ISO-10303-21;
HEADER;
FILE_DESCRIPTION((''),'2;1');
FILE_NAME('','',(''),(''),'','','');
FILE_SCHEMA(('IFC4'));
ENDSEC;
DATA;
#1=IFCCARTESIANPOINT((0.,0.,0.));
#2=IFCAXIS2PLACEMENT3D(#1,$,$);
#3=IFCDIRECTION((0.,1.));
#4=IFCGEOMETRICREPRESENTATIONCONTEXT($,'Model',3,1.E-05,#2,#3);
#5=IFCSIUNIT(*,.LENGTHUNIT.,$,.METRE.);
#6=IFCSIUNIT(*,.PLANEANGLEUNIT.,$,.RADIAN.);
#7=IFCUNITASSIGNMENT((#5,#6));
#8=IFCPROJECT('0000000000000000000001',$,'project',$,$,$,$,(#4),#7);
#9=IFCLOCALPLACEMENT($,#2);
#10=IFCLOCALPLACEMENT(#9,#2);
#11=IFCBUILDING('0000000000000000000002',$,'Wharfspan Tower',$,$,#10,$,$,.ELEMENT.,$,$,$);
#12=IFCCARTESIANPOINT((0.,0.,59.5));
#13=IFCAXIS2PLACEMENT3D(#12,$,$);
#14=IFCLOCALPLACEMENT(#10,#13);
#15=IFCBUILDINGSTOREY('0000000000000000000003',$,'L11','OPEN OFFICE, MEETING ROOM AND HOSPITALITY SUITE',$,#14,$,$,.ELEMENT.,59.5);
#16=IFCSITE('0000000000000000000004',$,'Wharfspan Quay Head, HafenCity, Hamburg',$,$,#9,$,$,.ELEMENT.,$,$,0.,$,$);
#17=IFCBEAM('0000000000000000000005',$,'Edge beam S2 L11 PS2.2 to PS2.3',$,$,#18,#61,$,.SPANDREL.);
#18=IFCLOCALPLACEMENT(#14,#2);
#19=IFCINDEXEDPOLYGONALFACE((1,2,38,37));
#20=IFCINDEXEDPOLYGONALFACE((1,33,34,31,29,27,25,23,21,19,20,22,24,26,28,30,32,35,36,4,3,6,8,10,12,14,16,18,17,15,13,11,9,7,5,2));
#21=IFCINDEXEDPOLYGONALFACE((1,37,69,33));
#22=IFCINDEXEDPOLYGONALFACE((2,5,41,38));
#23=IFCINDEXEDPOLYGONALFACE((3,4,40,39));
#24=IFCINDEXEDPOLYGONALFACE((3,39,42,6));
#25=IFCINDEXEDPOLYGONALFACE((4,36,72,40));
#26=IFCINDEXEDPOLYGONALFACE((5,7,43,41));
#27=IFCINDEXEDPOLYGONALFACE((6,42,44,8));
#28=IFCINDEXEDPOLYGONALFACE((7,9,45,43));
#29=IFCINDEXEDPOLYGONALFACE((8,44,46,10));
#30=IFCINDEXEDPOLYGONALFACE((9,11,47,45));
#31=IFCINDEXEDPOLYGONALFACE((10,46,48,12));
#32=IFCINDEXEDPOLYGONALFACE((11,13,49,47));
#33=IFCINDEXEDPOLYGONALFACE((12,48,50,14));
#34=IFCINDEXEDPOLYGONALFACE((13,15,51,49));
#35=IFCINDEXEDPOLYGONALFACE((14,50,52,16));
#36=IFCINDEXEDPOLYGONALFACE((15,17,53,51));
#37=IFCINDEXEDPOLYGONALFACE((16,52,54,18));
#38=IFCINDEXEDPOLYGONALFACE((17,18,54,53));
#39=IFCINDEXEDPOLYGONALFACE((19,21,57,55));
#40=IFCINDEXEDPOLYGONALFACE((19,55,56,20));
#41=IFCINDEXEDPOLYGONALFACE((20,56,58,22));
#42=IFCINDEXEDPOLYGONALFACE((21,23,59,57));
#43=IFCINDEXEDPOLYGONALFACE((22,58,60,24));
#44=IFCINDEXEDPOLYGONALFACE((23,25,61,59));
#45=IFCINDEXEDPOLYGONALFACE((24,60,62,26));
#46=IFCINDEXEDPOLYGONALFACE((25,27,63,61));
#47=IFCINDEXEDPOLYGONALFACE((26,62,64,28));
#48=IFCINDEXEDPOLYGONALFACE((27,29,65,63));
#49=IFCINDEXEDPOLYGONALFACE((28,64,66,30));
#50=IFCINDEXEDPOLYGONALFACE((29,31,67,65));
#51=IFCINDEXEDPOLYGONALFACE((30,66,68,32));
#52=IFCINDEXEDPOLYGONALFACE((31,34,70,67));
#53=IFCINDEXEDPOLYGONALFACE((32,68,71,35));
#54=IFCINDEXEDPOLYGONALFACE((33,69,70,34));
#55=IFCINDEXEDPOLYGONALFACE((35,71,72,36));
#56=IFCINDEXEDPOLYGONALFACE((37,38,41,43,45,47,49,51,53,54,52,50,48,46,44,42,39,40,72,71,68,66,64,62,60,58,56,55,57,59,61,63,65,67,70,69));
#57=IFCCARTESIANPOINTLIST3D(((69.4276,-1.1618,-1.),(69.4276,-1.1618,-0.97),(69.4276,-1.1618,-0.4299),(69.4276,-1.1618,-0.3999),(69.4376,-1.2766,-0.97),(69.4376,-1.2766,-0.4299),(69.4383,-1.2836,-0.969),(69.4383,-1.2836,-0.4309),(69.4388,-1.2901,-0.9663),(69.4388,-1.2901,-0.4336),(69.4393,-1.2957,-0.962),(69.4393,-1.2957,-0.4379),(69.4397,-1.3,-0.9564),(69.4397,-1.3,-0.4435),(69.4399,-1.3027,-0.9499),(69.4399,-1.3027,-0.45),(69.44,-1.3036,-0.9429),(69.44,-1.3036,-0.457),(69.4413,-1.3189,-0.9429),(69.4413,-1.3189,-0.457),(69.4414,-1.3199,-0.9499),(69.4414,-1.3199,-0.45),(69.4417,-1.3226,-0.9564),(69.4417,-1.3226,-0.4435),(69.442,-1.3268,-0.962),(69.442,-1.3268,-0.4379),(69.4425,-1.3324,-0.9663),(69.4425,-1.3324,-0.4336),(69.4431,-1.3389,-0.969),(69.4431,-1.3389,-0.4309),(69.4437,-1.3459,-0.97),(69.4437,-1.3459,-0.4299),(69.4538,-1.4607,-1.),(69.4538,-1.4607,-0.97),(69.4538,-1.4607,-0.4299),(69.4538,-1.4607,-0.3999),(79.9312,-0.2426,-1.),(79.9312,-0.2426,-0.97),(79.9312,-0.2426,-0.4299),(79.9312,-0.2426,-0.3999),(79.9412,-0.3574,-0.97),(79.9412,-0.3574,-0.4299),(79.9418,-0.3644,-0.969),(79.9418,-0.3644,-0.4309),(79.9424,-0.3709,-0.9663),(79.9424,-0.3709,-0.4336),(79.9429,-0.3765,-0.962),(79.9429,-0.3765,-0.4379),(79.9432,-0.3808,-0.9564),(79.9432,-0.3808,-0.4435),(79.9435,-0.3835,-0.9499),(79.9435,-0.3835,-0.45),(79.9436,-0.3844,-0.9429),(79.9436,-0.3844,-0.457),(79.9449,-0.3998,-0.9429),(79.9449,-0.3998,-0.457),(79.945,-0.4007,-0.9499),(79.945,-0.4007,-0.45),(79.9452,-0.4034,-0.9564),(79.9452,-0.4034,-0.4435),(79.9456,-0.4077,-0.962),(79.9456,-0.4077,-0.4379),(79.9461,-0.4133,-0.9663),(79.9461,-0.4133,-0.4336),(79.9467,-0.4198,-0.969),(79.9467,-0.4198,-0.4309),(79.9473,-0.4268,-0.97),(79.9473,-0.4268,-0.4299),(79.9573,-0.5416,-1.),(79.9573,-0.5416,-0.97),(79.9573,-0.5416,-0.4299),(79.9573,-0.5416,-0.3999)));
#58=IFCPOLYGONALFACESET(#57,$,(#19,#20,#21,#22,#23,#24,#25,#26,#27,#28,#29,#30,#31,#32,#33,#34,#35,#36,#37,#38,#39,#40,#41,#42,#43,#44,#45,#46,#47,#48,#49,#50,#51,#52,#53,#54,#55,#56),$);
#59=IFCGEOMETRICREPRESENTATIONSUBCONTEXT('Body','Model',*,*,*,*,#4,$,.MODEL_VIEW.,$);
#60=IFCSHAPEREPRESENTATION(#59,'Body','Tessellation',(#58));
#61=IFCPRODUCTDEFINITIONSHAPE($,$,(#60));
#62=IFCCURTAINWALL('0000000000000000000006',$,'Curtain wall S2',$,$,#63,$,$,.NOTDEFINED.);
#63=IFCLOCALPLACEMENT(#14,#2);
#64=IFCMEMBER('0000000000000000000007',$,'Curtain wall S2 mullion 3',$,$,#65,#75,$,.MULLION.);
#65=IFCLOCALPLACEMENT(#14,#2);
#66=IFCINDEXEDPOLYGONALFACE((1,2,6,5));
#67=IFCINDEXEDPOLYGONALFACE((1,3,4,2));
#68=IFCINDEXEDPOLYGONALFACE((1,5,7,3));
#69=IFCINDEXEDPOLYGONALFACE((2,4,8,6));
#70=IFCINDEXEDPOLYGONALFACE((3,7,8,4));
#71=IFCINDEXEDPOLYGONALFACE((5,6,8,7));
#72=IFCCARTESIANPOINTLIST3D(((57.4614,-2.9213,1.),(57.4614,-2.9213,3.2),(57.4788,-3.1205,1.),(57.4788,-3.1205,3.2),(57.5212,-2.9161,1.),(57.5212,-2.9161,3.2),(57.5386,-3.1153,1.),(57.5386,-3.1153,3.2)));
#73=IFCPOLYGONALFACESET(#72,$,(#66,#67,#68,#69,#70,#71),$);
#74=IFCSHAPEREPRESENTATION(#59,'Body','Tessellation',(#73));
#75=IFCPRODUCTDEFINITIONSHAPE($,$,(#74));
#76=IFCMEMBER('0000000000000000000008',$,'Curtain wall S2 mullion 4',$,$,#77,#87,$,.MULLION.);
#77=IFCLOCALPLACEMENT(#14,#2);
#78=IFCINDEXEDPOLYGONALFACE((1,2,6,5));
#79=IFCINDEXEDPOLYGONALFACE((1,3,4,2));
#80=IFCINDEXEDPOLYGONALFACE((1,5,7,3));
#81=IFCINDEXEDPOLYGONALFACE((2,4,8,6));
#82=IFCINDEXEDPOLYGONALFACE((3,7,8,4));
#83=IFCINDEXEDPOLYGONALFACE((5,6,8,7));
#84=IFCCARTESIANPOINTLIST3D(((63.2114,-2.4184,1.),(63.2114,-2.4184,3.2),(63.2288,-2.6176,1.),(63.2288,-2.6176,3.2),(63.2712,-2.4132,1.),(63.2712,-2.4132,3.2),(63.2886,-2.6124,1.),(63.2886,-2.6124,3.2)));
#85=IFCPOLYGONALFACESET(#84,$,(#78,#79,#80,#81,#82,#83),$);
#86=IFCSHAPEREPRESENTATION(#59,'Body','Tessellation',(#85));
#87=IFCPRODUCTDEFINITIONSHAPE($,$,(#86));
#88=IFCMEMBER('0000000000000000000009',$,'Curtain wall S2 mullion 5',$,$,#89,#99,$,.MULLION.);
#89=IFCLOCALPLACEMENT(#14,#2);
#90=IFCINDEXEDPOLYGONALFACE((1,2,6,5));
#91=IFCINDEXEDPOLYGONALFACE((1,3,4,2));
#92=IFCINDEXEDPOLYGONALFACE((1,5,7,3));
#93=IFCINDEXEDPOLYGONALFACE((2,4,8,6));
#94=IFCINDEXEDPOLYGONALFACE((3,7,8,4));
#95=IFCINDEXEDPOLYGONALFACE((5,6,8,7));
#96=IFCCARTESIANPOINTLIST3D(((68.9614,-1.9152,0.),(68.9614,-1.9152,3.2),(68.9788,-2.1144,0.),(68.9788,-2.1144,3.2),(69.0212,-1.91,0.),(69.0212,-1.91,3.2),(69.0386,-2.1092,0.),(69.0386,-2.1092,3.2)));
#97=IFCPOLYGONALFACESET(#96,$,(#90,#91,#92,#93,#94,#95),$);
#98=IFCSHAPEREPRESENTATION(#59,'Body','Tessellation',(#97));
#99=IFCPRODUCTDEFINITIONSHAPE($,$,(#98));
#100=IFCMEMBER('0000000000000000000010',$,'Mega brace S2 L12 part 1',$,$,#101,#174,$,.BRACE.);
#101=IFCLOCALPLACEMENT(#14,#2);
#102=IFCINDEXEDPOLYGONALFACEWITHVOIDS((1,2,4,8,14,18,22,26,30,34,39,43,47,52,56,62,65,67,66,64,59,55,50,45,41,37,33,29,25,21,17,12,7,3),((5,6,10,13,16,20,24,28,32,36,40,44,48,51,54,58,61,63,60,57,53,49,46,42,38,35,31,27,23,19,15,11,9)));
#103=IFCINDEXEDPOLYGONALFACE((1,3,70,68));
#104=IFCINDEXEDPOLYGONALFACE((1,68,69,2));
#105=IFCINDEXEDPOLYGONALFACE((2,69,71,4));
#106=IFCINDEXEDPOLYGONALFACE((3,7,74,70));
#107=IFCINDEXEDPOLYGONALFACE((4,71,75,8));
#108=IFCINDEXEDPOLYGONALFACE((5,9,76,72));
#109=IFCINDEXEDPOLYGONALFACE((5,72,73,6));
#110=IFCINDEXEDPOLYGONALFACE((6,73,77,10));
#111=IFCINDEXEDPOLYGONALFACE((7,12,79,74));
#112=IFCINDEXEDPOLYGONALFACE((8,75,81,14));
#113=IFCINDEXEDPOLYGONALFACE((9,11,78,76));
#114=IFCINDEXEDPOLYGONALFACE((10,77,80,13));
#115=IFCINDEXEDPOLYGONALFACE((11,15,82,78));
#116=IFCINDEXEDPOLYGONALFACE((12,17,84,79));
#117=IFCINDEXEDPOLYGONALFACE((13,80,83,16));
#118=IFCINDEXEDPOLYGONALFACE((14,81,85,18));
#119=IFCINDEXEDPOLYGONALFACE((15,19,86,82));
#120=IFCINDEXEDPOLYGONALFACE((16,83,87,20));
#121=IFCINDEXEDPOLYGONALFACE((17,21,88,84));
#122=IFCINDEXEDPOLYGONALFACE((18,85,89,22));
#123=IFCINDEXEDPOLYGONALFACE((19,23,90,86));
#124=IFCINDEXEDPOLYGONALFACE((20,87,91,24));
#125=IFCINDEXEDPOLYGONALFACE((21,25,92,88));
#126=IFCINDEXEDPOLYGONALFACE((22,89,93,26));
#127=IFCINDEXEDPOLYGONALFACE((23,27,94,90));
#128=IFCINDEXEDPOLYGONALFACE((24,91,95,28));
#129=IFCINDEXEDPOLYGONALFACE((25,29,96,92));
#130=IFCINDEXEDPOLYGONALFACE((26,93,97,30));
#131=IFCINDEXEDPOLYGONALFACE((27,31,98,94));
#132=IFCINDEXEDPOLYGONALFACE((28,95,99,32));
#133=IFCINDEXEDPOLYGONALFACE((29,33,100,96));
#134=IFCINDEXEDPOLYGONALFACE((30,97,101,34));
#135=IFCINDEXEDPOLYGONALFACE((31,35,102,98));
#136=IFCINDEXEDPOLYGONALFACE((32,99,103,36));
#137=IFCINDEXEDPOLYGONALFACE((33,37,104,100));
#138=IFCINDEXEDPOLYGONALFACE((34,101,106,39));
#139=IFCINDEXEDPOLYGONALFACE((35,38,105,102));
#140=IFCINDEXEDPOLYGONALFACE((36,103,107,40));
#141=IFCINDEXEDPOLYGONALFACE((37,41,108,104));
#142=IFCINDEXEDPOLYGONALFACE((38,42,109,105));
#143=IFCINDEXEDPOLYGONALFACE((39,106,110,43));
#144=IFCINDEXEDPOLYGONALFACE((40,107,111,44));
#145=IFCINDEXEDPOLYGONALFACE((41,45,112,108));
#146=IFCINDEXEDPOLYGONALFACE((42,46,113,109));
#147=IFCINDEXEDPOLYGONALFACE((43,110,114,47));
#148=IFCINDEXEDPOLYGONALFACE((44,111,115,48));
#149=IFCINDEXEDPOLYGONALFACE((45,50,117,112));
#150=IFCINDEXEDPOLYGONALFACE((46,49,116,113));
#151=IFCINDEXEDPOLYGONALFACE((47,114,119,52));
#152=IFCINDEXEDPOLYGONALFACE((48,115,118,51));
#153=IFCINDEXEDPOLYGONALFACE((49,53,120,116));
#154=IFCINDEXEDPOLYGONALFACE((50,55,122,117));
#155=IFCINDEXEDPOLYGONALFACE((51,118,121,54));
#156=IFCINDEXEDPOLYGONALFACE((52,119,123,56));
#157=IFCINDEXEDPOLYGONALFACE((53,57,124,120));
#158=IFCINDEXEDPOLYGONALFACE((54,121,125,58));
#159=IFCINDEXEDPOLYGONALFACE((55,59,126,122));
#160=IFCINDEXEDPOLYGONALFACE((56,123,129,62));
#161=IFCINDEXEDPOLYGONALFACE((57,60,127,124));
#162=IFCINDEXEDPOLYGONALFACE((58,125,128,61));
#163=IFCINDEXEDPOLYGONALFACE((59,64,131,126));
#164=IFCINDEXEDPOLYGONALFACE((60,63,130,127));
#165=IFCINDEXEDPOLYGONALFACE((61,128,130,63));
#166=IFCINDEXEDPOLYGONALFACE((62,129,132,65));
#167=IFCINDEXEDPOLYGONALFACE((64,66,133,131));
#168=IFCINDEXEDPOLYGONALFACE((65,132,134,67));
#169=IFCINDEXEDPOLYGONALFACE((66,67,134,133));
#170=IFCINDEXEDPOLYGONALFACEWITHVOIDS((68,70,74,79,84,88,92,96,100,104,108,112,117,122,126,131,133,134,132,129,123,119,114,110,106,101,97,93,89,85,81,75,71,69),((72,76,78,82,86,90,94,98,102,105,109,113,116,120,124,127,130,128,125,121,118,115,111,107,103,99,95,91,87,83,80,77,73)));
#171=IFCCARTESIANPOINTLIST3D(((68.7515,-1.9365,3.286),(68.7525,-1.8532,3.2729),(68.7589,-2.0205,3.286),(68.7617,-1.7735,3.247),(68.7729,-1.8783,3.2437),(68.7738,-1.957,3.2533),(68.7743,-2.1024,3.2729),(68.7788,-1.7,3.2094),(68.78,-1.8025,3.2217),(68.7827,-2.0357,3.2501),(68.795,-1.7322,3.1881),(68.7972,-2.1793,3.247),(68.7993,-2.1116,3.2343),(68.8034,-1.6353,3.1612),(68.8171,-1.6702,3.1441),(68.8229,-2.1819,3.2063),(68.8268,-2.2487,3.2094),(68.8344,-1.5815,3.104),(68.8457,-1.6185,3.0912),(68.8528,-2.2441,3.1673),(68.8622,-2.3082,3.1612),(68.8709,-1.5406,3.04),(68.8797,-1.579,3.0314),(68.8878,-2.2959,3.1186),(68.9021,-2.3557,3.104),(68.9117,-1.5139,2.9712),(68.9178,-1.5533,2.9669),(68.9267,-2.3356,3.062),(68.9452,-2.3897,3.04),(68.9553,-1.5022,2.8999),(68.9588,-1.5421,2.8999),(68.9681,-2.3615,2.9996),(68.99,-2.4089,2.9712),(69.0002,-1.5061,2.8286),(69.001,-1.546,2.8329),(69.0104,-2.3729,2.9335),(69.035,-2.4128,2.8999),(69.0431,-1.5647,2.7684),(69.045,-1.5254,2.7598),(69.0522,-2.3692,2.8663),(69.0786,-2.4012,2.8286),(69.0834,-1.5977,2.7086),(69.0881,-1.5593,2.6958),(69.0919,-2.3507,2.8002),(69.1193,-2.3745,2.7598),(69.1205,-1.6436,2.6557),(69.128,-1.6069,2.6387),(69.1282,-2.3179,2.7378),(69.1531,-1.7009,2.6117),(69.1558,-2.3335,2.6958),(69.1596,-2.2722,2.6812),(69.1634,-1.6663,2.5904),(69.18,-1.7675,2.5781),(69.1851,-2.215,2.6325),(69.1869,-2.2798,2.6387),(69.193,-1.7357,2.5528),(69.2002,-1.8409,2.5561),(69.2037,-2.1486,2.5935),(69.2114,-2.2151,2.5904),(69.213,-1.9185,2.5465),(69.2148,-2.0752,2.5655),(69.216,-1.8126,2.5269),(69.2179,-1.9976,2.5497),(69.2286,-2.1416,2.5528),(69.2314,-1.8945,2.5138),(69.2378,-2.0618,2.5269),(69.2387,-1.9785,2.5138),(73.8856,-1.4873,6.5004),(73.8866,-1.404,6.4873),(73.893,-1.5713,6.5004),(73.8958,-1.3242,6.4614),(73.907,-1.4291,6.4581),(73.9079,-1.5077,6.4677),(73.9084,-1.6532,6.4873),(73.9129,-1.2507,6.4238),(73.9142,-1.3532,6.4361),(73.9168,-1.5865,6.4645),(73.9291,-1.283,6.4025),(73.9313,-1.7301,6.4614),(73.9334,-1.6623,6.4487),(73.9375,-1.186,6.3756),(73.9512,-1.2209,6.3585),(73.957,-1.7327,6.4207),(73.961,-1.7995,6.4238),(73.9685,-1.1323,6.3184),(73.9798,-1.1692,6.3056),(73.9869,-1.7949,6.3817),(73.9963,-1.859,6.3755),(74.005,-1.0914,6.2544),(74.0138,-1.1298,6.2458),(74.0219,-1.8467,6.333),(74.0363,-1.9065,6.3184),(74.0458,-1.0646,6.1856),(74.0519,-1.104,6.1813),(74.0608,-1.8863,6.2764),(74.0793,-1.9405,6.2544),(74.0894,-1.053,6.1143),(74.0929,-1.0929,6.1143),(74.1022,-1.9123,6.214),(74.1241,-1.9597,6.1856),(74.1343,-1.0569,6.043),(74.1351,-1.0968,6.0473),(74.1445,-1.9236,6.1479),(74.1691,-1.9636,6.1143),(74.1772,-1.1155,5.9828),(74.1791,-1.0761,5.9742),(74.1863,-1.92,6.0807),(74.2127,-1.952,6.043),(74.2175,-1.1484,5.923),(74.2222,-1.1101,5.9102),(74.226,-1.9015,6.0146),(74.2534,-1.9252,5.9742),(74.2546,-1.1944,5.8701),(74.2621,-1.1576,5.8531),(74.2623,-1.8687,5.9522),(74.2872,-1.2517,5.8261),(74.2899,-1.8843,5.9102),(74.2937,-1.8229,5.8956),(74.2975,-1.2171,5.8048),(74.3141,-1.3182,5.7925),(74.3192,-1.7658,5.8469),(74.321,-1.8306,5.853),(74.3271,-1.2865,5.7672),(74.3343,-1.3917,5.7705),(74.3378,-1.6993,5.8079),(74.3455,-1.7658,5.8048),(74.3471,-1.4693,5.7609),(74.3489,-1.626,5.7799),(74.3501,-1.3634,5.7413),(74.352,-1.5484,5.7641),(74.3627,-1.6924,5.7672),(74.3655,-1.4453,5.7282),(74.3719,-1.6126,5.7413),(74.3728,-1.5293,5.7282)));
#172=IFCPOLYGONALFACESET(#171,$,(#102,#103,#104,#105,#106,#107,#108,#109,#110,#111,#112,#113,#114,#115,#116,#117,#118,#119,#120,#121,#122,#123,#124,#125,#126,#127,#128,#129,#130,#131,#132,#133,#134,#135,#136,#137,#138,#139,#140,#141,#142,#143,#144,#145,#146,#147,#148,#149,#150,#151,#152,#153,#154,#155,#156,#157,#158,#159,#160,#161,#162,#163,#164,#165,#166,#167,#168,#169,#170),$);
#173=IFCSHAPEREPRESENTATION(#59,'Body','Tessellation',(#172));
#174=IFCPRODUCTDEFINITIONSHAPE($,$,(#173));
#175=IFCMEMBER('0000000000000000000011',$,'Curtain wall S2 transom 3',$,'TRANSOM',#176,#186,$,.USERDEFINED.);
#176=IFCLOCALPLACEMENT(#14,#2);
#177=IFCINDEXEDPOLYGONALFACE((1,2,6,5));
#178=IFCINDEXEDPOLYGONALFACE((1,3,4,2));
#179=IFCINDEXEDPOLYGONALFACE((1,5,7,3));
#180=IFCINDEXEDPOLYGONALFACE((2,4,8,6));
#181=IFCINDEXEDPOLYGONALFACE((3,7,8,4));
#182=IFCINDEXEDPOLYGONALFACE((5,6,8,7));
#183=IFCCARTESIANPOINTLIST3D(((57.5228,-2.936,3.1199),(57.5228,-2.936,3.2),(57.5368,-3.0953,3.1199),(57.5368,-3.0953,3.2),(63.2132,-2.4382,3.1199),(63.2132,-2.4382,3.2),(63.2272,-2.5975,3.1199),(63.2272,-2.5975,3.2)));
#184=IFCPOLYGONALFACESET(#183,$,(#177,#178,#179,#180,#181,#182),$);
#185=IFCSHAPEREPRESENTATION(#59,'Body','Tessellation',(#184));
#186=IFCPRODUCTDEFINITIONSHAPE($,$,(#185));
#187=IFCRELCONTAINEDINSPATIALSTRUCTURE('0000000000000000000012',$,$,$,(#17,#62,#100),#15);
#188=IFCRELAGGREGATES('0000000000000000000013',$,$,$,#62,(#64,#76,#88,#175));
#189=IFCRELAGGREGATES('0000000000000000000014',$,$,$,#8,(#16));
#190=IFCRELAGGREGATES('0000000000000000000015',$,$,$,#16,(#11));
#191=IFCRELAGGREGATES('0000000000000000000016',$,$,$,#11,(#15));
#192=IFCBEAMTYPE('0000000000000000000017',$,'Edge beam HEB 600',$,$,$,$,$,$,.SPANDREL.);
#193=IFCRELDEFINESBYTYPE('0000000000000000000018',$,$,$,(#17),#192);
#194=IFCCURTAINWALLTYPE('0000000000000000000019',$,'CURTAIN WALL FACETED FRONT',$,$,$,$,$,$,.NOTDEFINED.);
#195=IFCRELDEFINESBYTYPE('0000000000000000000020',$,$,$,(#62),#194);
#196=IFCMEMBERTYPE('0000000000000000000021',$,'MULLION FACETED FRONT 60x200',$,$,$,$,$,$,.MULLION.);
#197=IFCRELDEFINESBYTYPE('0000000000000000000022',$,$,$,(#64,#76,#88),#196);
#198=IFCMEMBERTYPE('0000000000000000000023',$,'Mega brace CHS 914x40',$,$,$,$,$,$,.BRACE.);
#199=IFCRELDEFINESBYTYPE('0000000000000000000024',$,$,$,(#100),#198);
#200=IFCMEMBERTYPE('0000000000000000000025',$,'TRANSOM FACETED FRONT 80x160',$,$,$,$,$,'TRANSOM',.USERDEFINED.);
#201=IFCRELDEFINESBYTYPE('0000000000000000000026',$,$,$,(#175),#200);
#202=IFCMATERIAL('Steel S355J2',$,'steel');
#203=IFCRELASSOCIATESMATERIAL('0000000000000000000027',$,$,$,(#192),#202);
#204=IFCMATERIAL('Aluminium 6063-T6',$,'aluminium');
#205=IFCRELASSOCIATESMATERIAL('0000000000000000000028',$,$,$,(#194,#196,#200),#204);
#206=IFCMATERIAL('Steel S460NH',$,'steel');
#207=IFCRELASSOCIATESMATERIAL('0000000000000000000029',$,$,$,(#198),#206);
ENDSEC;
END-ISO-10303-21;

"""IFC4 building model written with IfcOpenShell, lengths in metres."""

from ifc_helpers import new_model, si_unit, direction, frame, origin, origin_2d, place, context, subcontext, project, spatial, rectangle, hollow_circle, i_section, extrude, material, material_profile, profile_set, type_object, element, aggregate, save


model = new_model("IFC4")

# Units and contexts
model_context = context("Model", 3, precision=1e-05, world=origin(), true_north=direction((0.0, 1.0)))
body_context = subcontext(model_context, "Body", "Model", "MODEL_VIEW")
ifc_project = project(units=[si_unit("LENGTHUNIT", "METRE"), si_unit("PLANEANGLEUNIT", "RADIAN")], contexts=[model_context])

# Site, building, storey
site_placement = place(None, origin())
site = spatial("IfcSite", under=ifc_project, at=site_placement, Name="Wharfspan Quay Head, HafenCity, Hamburg", CompositionType="ELEMENT", RefElevation=0.0)
building_placement = place(site_placement, origin())
building = spatial("IfcBuilding", under=site, at=building_placement, Name="Wharfspan Tower", CompositionType="ELEMENT")
storey_placement = place(building_placement, frame((0.0, 0.0, 59.5)))
storey = spatial("IfcBuildingStorey", under=building, at=storey_placement, Name="L11", Description="OPEN OFFICE, MEETING ROOM AND HOSPITALITY SUITE", CompositionType="ELEMENT", Elevation=59.5)

# Shared definitions
ifc_material_1 = material(Name="Steel S355J2", Category="steel")

# Beam
ifc_material_profile_1 = material_profile(ifc_material_1, i_section(OverallWidth=0.3, OverallDepth=0.6001, WebThickness=0.0154, FlangeThickness=0.03, FilletRadius=0.0271, at=origin_2d()))
ifc_profile_set_1 = profile_set([ifc_material_profile_1], Name="Steel S355J2")
beam_type = type_object("IfcBeamType", Name="Edge beam HEB 600", PredefinedType="SPANDREL", material=ifc_profile_set_1)
for number, where, z_axis, x_axis, name in (
    (1, (69.4407, -1.3113, -0.7), (0.996193, 0.087178, 0.0), (-0.087178, 0.996193, 0.0), "Edge beam S2 L11 PS2.2 to PS2.3"),
):
    element("IfcBeam", number, at=place(storey_placement, frame(where, z_axis=z_axis, x_axis=x_axis)), inside=storey, type_object=beam_type, Name=name, PredefinedType="SPANDREL", context=body_context, shape_type="SweptSolid", body=[
        extrude(i_section(OverallWidth=0.3, OverallDepth=0.6001, WebThickness=0.0154, FlangeThickness=0.03, FilletRadius=0.0271, at=origin_2d()), origin(), (0.0, 0.0, 1.0), 10.5437),
    ])

# Curtain wall, members
ifc_material_2 = material(Name="Aluminium 6063-T6", Category="aluminium")
curtain_wall_type = type_object("IfcCurtainWallType", Name="CURTAIN WALL FACETED FRONT", PredefinedType="NOTDEFINED", material=ifc_material_2)
curtain_wall_placement = place(storey_placement, origin())
curtain_wall = element("IfcCurtainWall", 2, at=curtain_wall_placement, inside=storey, type_object=curtain_wall_type, Name="Curtain wall S2", PredefinedType="NOTDEFINED")
ifc_material_profile_2 = material_profile(ifc_material_2, rectangle(XDim=0.2, YDim=0.0601, at=origin_2d()))
ifc_profile_set_2 = profile_set([ifc_material_profile_2], Name="Aluminium 6063-T6")
member_type_1 = type_object("IfcMemberType", Name="MULLION FACETED FRONT 60x200", PredefinedType="MULLION", material=ifc_profile_set_2)
member_1_placement = place(storey_placement, frame((57.5, -3.0183, 1.0), z_axis=(0.0, 0.0, 1.0), x_axis=(-0.087156, 0.996197, 0.0)))
member_1 = element("IfcMember", 3, at=member_1_placement, type_object=member_type_1, Name="Curtain wall S2 mullion 3", PredefinedType="MULLION", context=body_context, shape_type="SweptSolid", body=[
    extrude(rectangle(XDim=0.2, YDim=0.0601, at=origin_2d()), origin(), (0.0, 0.0, 1.0), 2.2),
])
member_2_placement = place(storey_placement, frame((63.25, -2.5154, 1.0), z_axis=(0.0, 0.0, 1.0), x_axis=(-0.087156, 0.996197, 0.0)))
member_2 = element("IfcMember", 4, at=member_2_placement, type_object=member_type_1, Name="Curtain wall S2 mullion 4", PredefinedType="MULLION", context=body_context, shape_type="SweptSolid", body=[
    extrude(rectangle(XDim=0.2, YDim=0.0601, at=origin_2d()), origin(), (0.0, 0.0, 1.0), 2.2),
])
member_3_placement = place(storey_placement, frame((69.0, -2.0122, 0.0), z_axis=(0.0, 0.0, 1.0), x_axis=(-0.087156, 0.996197, 0.0)))
member_3 = element("IfcMember", 5, at=member_3_placement, type_object=member_type_1, Name="Curtain wall S2 mullion 5", PredefinedType="MULLION", context=body_context, shape_type="SweptSolid", body=[
    extrude(rectangle(XDim=0.2, YDim=0.0601, at=origin_2d()), origin(), (0.0, 0.0, 1.0), 3.2),
])

# Members
ifc_material_3 = material(Name="Steel S460NH", Category="steel")
ifc_material_profile_3 = material_profile(ifc_material_3, hollow_circle(Radius=0.457, WallThickness=0.04, at=origin_2d()))
ifc_profile_set_3 = profile_set([ifc_material_profile_3], Name="Steel S460NH")
member_type_2 = type_object("IfcMemberType", Name="Mega brace CHS 914x40", PredefinedType="BRACE", material=ifc_profile_set_3)
member_4_placement = place(storey_placement, frame((68.9951, -1.9575, 2.8999), z_axis=(0.845262, 0.073959, 0.529208), x_axis=(-0.087167, 0.996192, 0.000003)))
element("IfcMember", 6, at=member_4_placement, inside=storey, type_object=member_type_2, Name="Mega brace S2 L12 part 1", PredefinedType="BRACE", context=body_context, shape_type="SweptSolid", body=[
    extrude(hollow_circle(Radius=0.457, WallThickness=0.04, at=origin_2d()), origin(), (0.0, 0.0, 1.0), 6.074),
])
ifc_material_profile_4 = material_profile(ifc_material_2, rectangle(XDim=0.1599, YDim=0.0801, at=origin_2d()))
ifc_profile_set_4 = profile_set([ifc_material_profile_4], Name="Aluminium 6063-T6")
member_type_3 = type_object("IfcMemberType", Name="TRANSOM FACETED FRONT 80x160", ElementType="TRANSOM", PredefinedType="USERDEFINED", material=ifc_profile_set_4)
member_5_placement = place(storey_placement, frame((57.5298, -3.0156, 3.1599), z_axis=(0.996195, 0.087148, 0.0), x_axis=(-0.087148, 0.996195, 0.0)))
member_5 = element("IfcMember", 7, at=member_5_placement, type_object=member_type_3, Name="Curtain wall S2 transom 3", ObjectType="TRANSOM", PredefinedType="USERDEFINED", context=body_context, shape_type="SweptSolid", body=[
    extrude(rectangle(XDim=0.1599, YDim=0.0801, at=origin_2d()), origin(), (0.0, 0.0, 1.0), 5.7122),
])

aggregate(curtain_wall, [member_1, member_2, member_3, member_5])

save(model, "model.ifc")
